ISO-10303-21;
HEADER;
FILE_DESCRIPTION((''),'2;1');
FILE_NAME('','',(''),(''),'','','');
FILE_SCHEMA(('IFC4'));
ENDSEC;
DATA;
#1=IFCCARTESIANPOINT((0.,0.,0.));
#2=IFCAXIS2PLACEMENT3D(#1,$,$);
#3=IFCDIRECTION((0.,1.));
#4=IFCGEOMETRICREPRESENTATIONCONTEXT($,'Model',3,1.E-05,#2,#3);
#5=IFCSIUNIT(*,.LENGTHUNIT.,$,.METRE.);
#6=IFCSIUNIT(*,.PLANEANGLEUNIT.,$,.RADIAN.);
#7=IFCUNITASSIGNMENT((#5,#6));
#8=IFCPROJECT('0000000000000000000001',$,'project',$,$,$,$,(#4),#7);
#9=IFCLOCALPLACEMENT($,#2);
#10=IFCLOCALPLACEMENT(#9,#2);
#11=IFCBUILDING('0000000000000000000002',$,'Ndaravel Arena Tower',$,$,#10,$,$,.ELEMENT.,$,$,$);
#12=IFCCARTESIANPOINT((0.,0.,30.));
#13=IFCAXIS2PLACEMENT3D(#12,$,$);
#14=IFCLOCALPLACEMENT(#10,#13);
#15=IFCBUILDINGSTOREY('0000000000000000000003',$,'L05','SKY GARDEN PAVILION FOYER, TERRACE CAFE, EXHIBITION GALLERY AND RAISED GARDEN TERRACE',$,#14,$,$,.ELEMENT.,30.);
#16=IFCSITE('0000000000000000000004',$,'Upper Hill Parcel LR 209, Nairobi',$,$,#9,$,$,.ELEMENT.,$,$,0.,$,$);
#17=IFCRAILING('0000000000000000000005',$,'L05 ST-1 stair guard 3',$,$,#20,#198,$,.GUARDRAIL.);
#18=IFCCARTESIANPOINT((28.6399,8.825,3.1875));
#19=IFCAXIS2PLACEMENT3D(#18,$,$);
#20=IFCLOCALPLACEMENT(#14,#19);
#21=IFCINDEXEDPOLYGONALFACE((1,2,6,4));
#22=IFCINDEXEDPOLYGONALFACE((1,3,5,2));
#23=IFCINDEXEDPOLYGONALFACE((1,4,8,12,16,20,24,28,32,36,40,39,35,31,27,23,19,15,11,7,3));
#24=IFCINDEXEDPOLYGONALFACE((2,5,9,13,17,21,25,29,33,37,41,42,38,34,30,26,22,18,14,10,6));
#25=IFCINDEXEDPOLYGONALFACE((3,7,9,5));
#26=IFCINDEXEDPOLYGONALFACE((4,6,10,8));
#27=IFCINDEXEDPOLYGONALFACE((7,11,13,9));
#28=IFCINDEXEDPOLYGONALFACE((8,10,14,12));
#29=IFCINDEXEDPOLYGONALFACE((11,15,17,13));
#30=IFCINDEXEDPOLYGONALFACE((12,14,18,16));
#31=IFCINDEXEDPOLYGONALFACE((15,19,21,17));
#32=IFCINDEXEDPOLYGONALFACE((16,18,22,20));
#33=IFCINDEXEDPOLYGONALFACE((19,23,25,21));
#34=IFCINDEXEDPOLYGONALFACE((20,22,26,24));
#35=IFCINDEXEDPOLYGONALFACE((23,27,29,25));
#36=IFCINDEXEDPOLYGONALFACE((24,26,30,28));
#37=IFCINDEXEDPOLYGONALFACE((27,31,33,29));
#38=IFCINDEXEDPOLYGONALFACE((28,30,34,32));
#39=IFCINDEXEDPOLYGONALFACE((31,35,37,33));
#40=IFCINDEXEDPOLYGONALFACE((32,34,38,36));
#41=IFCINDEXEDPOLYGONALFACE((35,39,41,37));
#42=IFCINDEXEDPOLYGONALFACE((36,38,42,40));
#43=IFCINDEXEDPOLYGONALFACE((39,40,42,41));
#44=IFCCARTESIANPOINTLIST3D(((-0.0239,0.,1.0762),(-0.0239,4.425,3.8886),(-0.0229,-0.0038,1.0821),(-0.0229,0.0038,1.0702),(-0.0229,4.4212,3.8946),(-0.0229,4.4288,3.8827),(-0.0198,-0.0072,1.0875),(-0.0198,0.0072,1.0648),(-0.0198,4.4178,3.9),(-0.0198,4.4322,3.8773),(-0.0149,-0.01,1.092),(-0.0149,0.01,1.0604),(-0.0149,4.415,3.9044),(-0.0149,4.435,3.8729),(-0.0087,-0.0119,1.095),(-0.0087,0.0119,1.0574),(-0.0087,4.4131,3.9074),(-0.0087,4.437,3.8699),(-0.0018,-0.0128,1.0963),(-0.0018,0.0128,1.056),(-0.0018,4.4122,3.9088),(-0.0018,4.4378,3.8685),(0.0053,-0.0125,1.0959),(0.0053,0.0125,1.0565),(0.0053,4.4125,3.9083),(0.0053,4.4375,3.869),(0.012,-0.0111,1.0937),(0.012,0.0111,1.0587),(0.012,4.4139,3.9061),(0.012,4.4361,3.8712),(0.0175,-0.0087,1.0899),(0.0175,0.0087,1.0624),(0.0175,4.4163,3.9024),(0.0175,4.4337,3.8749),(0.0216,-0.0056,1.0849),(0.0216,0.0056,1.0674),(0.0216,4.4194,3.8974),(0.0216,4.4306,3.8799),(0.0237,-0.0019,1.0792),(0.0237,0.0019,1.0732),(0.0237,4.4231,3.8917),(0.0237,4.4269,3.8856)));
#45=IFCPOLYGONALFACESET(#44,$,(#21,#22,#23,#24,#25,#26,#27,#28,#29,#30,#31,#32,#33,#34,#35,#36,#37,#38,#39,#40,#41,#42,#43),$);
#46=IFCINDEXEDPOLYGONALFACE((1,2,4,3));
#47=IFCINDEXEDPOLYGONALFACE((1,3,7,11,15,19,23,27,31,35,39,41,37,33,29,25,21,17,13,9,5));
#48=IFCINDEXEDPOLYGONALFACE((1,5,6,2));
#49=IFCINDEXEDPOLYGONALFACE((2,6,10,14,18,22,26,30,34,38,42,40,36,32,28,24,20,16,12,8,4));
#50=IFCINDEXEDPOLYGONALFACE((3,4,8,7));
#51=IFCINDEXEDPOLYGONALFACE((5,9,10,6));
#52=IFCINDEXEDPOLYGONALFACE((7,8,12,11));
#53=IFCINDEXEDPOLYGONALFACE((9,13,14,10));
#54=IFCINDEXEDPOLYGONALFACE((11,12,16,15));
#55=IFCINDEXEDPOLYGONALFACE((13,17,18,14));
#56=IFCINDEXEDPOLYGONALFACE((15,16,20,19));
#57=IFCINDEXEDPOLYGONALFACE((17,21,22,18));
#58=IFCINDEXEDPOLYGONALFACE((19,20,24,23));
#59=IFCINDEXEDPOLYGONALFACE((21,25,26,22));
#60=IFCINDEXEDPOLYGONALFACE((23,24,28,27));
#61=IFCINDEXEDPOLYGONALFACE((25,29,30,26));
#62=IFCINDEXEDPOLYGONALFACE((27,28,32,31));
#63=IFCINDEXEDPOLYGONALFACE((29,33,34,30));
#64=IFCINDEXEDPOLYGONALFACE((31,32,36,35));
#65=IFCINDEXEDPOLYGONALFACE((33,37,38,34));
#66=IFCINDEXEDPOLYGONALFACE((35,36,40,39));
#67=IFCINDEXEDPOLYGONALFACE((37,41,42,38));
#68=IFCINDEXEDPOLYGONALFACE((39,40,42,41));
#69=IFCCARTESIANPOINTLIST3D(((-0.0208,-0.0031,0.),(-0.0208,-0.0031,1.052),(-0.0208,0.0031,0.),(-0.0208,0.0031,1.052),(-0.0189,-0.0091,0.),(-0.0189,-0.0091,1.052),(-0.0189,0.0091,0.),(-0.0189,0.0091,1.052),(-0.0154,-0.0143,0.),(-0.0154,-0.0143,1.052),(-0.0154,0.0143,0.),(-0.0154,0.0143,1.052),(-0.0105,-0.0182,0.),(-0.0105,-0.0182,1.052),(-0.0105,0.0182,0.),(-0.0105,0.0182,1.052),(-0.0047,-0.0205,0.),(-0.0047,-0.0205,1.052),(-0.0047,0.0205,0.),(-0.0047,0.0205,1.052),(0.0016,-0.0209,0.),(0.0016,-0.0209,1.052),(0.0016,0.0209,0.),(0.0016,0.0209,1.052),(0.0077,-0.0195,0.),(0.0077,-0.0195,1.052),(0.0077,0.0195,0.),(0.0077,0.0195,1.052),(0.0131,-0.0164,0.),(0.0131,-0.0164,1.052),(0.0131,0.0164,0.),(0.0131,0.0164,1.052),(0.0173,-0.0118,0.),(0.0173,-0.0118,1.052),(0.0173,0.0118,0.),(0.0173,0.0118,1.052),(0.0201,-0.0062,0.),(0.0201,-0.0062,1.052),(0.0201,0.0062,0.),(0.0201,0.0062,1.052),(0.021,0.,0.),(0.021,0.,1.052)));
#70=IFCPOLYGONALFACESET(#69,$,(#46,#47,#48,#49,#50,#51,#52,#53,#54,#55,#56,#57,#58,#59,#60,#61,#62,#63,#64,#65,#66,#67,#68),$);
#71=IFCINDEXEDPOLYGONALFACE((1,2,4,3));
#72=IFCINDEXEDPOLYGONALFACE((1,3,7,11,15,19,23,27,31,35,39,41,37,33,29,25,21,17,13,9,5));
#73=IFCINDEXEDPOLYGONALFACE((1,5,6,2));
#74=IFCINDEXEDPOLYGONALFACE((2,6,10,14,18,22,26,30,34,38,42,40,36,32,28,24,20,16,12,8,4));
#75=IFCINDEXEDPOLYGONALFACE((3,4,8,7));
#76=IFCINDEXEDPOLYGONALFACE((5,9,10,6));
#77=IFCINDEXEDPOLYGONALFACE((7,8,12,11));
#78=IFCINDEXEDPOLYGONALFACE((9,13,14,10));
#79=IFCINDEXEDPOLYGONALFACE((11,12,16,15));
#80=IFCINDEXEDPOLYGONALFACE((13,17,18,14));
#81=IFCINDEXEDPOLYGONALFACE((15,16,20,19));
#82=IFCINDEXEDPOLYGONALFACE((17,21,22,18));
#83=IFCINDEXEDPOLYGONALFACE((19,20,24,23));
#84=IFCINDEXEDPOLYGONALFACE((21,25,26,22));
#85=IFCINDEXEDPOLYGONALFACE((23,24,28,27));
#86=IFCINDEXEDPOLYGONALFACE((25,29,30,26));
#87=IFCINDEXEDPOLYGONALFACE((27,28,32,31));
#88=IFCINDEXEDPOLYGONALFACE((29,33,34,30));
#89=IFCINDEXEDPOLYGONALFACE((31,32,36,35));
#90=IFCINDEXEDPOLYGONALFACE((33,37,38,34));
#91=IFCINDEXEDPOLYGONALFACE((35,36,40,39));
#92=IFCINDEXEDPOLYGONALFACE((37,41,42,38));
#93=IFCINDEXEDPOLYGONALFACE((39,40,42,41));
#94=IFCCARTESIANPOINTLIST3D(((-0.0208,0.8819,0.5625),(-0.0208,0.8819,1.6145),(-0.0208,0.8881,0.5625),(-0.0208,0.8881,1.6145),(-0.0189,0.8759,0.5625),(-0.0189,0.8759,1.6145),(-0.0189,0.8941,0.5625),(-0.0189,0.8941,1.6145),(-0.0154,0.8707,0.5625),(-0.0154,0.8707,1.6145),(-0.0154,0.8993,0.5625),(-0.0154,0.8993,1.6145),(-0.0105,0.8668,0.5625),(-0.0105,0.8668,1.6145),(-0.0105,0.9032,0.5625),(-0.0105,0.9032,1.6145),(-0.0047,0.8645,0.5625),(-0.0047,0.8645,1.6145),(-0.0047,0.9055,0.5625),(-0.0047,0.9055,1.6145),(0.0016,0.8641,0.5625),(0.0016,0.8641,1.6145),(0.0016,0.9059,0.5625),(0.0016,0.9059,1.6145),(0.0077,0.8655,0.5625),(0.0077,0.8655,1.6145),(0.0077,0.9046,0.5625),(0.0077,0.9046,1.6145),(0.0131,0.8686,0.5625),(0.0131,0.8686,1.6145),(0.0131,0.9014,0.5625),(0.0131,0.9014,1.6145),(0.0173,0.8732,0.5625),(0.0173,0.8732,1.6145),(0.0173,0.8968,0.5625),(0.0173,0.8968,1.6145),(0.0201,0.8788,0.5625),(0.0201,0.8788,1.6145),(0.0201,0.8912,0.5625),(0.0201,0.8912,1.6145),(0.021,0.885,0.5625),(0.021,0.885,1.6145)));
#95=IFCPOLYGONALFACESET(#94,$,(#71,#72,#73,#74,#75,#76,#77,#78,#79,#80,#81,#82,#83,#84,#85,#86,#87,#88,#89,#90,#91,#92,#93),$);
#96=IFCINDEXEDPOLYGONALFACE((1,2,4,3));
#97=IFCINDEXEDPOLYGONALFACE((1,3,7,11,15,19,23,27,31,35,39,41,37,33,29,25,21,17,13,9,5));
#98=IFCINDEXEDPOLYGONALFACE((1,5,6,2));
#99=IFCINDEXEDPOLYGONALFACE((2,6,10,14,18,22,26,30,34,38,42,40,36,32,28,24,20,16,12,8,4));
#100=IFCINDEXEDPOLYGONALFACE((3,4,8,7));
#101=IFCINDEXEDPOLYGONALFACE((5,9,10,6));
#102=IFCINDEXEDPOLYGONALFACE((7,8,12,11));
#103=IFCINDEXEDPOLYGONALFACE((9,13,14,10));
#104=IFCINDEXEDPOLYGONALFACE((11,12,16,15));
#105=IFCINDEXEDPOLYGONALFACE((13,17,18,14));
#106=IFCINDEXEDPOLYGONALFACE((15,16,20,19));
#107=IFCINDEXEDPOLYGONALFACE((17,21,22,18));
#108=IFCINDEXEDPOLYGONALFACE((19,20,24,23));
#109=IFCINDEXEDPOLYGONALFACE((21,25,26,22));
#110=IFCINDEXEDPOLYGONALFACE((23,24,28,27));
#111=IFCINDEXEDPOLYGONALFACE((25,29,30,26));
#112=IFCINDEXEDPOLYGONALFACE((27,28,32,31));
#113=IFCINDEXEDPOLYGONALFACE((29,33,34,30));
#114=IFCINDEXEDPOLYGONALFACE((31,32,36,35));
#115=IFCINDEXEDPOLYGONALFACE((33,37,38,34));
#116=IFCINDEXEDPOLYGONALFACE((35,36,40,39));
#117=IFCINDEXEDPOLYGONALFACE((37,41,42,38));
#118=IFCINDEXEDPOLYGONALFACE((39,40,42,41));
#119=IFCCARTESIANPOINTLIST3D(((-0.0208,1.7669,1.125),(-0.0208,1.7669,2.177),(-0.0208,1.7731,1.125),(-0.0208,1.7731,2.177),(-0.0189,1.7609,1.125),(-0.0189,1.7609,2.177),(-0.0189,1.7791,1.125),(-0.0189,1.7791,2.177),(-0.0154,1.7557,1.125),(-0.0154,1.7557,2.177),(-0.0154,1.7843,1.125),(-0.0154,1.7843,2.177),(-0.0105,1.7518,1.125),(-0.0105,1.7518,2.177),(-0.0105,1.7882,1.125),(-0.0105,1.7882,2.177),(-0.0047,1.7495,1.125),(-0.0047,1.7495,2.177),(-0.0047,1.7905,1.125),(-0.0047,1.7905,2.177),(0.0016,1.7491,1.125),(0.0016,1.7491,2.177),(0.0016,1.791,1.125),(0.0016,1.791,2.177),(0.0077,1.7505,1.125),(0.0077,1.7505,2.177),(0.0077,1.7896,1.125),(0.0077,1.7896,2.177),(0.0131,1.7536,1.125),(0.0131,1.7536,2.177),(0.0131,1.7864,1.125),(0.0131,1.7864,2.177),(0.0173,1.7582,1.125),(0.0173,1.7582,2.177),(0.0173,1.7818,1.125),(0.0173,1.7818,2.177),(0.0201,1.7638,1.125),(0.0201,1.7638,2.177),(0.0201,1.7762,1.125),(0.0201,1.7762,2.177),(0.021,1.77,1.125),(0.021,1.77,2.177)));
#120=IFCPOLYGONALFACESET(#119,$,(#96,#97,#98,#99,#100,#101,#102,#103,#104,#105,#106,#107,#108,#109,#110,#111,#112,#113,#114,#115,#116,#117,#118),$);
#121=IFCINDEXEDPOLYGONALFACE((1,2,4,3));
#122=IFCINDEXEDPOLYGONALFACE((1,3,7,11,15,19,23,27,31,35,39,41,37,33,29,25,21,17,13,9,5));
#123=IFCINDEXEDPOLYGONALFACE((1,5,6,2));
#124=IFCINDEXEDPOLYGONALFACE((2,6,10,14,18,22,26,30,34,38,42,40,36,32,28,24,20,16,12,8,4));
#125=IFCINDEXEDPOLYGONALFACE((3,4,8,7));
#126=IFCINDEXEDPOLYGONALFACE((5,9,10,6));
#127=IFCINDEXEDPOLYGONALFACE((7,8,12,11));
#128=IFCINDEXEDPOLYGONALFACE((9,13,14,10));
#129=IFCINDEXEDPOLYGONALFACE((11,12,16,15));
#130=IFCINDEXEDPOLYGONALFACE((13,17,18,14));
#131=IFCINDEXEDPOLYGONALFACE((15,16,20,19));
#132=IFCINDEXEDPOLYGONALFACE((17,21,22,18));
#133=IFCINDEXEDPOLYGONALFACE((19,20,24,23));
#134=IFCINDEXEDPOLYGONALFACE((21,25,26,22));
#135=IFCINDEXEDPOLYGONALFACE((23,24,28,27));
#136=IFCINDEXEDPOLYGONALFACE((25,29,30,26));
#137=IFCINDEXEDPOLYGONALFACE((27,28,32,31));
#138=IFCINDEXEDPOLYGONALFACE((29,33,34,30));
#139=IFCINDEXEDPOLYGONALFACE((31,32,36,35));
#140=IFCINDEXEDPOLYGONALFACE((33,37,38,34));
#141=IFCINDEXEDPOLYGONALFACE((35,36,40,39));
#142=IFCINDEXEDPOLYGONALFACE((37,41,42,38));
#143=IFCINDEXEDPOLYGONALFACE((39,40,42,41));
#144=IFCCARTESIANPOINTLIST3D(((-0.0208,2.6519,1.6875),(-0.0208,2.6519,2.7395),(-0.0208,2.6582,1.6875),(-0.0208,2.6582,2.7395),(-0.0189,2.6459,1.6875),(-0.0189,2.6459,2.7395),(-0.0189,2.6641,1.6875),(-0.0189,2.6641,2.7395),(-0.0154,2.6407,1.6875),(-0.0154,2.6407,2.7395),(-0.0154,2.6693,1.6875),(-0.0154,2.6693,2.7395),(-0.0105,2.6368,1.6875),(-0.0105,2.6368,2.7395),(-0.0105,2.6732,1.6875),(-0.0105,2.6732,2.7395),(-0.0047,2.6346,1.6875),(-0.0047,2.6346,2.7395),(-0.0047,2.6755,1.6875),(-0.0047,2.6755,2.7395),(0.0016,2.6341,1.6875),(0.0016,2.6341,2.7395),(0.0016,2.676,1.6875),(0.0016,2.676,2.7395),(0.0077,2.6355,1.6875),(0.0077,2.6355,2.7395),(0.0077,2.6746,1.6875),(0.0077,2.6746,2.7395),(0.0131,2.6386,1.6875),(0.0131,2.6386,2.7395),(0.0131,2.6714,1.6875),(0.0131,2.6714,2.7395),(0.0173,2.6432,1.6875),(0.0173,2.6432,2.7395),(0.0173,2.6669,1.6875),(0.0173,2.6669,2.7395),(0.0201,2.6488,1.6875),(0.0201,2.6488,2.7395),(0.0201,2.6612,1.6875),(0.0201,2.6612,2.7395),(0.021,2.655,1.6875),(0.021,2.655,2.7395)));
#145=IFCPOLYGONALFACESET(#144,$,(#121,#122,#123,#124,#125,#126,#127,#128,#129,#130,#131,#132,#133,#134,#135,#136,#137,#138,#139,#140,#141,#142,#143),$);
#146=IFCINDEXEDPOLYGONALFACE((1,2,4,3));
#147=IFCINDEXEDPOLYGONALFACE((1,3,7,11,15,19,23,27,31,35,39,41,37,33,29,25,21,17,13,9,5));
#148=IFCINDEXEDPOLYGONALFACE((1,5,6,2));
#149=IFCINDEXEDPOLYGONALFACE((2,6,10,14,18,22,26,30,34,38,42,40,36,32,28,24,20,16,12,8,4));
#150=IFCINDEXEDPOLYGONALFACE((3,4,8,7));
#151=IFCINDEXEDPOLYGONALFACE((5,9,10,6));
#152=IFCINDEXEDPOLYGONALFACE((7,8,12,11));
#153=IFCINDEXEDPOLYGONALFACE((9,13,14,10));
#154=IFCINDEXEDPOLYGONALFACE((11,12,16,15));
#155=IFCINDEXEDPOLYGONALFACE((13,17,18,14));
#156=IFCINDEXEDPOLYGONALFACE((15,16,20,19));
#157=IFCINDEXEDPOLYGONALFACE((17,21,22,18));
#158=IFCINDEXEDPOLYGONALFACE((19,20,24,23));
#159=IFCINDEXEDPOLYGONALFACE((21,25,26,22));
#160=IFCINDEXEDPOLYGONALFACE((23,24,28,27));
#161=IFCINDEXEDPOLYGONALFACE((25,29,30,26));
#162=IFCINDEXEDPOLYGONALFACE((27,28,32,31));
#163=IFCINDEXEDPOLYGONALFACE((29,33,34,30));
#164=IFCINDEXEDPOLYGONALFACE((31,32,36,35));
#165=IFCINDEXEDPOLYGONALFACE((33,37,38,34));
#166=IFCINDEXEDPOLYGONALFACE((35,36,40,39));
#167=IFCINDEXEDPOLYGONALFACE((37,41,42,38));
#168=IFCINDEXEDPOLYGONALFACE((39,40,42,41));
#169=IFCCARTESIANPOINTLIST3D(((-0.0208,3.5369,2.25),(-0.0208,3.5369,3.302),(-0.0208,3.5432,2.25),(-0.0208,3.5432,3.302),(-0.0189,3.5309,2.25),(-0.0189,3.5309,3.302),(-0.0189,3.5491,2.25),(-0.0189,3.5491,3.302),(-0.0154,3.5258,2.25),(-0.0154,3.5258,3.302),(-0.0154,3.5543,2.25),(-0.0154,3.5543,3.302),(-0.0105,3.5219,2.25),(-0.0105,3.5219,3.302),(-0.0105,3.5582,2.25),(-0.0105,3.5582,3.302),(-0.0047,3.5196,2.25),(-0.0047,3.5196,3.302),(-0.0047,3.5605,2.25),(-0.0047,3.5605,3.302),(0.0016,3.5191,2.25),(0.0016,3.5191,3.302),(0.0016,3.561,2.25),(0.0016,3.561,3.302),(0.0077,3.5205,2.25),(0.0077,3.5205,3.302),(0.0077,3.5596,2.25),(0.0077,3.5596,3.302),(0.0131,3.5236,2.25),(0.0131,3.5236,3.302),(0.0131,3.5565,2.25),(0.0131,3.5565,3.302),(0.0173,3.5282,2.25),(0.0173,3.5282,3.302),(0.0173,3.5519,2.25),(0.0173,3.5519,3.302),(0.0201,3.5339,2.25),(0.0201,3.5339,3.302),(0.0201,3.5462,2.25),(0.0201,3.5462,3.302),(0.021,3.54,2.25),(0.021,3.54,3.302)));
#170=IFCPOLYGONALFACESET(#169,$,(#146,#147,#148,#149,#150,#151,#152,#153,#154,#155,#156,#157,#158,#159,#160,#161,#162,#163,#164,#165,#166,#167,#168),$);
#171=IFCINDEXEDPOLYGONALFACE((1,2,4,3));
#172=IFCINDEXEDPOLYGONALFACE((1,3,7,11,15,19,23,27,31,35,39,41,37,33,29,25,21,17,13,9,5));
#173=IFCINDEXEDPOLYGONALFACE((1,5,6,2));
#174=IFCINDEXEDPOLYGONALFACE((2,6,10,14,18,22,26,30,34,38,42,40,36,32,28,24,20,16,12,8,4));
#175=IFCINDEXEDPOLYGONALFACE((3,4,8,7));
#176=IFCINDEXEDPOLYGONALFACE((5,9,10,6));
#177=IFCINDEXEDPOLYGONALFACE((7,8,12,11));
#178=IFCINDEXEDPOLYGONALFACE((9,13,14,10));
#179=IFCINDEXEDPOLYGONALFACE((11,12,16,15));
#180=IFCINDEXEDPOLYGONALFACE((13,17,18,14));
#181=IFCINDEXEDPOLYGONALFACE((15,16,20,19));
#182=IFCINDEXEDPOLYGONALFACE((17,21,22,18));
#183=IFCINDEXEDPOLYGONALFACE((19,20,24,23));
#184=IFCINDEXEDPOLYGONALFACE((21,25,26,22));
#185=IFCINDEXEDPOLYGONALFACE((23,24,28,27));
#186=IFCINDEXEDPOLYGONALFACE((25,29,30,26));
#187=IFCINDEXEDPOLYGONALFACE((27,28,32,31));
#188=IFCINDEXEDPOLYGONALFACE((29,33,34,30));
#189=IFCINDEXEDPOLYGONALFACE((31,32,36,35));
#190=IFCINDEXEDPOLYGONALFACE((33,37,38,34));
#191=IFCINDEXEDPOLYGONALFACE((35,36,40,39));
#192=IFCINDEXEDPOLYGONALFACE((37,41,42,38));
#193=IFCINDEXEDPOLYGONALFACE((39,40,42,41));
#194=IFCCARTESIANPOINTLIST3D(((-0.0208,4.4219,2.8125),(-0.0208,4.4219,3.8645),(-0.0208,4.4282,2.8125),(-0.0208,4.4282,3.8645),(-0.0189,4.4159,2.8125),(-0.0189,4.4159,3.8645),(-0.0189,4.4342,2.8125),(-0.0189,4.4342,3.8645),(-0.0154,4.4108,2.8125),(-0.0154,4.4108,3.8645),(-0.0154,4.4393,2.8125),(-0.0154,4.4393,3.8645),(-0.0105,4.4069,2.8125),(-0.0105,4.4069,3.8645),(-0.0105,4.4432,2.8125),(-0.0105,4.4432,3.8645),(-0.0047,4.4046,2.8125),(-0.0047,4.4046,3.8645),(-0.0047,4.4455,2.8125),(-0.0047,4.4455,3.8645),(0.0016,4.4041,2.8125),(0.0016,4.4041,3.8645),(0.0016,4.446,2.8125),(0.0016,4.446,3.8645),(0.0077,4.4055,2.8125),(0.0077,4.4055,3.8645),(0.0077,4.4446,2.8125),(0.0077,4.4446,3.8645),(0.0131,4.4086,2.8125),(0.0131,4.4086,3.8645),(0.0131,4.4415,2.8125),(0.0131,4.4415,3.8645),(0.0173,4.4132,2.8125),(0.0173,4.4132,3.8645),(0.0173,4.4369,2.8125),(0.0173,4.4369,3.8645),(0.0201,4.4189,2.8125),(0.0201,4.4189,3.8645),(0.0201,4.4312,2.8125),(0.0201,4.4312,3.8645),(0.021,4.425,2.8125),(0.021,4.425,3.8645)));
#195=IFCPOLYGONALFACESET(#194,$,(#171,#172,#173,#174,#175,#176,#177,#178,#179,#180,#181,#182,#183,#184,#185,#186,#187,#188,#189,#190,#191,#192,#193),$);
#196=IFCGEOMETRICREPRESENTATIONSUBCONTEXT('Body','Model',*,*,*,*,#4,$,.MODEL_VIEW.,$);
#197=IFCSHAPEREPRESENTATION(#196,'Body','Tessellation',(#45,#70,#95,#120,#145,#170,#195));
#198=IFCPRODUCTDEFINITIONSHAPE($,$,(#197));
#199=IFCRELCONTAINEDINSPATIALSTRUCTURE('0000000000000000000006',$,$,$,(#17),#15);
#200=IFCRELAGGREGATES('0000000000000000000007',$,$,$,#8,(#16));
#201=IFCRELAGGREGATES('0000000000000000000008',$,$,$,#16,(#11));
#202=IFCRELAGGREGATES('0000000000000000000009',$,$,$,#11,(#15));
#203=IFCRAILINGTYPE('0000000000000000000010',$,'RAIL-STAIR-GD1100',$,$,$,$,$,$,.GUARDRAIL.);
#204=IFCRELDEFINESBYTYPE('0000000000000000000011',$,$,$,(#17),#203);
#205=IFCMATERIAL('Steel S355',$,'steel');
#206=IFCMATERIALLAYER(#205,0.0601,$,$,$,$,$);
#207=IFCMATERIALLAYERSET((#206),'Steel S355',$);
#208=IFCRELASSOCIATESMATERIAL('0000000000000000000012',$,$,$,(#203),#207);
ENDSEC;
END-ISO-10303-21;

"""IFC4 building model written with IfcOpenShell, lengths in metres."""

from ifc_helpers import new_model, si_unit, direction, frame, origin, origin_2d, place, context, subcontext, project, spatial, circle, extrude, material, layer, layer_set, type_object, element, save


model = new_model("IFC4")

# Units and contexts
model_context = context("Model", 3, precision=1e-05, world=origin(), true_north=direction((0.0, 1.0)))
body_context = subcontext(model_context, "Body", "Model", "MODEL_VIEW")
ifc_project = project(units=[si_unit("LENGTHUNIT", "METRE"), si_unit("PLANEANGLEUNIT", "RADIAN")], contexts=[model_context])

# Site, building, storey
site_placement = place(None, origin())
site = spatial("IfcSite", under=ifc_project, at=site_placement, Name="Upper Hill Parcel LR 209, Nairobi", CompositionType="ELEMENT", RefElevation=0.0)
building_placement = place(site_placement, origin())
building = spatial("IfcBuilding", under=site, at=building_placement, Name="Ndaravel Arena Tower", CompositionType="ELEMENT")
storey_placement = place(building_placement, frame((0.0, 0.0, 30.0)))
storey = spatial("IfcBuildingStorey", under=building, at=storey_placement, Name="L05", Description="SKY GARDEN PAVILION FOYER, TERRACE CAFE, EXHIBITION GALLERY AND RAISED GARDEN TERRACE", CompositionType="ELEMENT", Elevation=30.0)

# Railing
ifc_material_1 = material(Name="Steel S355", Category="steel")
ifc_layer_1 = layer(ifc_material_1, 0.0601)
ifc_layer_set_1 = layer_set([ifc_layer_1], Name="Steel S355")
railing_type_1 = type_object("IfcRailingType", Name="RAIL-STAIR-GD1100", PredefinedType="GUARDRAIL", material=ifc_layer_set_1)
railing_1_placement = place(storey_placement, frame((28.6399, 8.825, 3.1875)))
element("IfcRailing", 1, at=railing_1_placement, inside=storey, type_object=railing_type_1, Name="L05 ST-1 stair guard 3", PredefinedType="GUARDRAIL", context=body_context, shape_type="SweptSolid", body=[
    extrude(circle(Radius=0.0239, at=origin_2d()), frame((0.0, 0.0, 1.0762), z_axis=(0.0, 0.843959, 0.536408), x_axis=(-1.0, 0.0, 0.0)), (0.0, 0.0, 1.0), 5.2432),
    extrude(circle(Radius=0.021, at=origin_2d()), origin(), (0.0, 0.0, 1.0), 1.052),
    extrude(circle(Radius=0.021, at=origin_2d()), frame((0.0, 0.885, 0.5625)), (0.0, 0.0, 1.0), 1.052),
    extrude(circle(Radius=0.021, at=origin_2d()), frame((0.0, 1.77, 1.125)), (0.0, 0.0, 1.0), 1.052),
    extrude(circle(Radius=0.021, at=origin_2d()), frame((0.0, 2.655, 1.6875)), (0.0, 0.0, 1.0), 1.052),
    extrude(circle(Radius=0.021, at=origin_2d()), frame((0.0, 3.54, 2.25)), (0.0, 0.0, 1.0), 1.052),
    extrude(circle(Radius=0.021, at=origin_2d()), frame((0.0, 4.425, 2.8125)), (0.0, 0.0, 1.0), 1.052),
])

save(model, "model.ifc")
